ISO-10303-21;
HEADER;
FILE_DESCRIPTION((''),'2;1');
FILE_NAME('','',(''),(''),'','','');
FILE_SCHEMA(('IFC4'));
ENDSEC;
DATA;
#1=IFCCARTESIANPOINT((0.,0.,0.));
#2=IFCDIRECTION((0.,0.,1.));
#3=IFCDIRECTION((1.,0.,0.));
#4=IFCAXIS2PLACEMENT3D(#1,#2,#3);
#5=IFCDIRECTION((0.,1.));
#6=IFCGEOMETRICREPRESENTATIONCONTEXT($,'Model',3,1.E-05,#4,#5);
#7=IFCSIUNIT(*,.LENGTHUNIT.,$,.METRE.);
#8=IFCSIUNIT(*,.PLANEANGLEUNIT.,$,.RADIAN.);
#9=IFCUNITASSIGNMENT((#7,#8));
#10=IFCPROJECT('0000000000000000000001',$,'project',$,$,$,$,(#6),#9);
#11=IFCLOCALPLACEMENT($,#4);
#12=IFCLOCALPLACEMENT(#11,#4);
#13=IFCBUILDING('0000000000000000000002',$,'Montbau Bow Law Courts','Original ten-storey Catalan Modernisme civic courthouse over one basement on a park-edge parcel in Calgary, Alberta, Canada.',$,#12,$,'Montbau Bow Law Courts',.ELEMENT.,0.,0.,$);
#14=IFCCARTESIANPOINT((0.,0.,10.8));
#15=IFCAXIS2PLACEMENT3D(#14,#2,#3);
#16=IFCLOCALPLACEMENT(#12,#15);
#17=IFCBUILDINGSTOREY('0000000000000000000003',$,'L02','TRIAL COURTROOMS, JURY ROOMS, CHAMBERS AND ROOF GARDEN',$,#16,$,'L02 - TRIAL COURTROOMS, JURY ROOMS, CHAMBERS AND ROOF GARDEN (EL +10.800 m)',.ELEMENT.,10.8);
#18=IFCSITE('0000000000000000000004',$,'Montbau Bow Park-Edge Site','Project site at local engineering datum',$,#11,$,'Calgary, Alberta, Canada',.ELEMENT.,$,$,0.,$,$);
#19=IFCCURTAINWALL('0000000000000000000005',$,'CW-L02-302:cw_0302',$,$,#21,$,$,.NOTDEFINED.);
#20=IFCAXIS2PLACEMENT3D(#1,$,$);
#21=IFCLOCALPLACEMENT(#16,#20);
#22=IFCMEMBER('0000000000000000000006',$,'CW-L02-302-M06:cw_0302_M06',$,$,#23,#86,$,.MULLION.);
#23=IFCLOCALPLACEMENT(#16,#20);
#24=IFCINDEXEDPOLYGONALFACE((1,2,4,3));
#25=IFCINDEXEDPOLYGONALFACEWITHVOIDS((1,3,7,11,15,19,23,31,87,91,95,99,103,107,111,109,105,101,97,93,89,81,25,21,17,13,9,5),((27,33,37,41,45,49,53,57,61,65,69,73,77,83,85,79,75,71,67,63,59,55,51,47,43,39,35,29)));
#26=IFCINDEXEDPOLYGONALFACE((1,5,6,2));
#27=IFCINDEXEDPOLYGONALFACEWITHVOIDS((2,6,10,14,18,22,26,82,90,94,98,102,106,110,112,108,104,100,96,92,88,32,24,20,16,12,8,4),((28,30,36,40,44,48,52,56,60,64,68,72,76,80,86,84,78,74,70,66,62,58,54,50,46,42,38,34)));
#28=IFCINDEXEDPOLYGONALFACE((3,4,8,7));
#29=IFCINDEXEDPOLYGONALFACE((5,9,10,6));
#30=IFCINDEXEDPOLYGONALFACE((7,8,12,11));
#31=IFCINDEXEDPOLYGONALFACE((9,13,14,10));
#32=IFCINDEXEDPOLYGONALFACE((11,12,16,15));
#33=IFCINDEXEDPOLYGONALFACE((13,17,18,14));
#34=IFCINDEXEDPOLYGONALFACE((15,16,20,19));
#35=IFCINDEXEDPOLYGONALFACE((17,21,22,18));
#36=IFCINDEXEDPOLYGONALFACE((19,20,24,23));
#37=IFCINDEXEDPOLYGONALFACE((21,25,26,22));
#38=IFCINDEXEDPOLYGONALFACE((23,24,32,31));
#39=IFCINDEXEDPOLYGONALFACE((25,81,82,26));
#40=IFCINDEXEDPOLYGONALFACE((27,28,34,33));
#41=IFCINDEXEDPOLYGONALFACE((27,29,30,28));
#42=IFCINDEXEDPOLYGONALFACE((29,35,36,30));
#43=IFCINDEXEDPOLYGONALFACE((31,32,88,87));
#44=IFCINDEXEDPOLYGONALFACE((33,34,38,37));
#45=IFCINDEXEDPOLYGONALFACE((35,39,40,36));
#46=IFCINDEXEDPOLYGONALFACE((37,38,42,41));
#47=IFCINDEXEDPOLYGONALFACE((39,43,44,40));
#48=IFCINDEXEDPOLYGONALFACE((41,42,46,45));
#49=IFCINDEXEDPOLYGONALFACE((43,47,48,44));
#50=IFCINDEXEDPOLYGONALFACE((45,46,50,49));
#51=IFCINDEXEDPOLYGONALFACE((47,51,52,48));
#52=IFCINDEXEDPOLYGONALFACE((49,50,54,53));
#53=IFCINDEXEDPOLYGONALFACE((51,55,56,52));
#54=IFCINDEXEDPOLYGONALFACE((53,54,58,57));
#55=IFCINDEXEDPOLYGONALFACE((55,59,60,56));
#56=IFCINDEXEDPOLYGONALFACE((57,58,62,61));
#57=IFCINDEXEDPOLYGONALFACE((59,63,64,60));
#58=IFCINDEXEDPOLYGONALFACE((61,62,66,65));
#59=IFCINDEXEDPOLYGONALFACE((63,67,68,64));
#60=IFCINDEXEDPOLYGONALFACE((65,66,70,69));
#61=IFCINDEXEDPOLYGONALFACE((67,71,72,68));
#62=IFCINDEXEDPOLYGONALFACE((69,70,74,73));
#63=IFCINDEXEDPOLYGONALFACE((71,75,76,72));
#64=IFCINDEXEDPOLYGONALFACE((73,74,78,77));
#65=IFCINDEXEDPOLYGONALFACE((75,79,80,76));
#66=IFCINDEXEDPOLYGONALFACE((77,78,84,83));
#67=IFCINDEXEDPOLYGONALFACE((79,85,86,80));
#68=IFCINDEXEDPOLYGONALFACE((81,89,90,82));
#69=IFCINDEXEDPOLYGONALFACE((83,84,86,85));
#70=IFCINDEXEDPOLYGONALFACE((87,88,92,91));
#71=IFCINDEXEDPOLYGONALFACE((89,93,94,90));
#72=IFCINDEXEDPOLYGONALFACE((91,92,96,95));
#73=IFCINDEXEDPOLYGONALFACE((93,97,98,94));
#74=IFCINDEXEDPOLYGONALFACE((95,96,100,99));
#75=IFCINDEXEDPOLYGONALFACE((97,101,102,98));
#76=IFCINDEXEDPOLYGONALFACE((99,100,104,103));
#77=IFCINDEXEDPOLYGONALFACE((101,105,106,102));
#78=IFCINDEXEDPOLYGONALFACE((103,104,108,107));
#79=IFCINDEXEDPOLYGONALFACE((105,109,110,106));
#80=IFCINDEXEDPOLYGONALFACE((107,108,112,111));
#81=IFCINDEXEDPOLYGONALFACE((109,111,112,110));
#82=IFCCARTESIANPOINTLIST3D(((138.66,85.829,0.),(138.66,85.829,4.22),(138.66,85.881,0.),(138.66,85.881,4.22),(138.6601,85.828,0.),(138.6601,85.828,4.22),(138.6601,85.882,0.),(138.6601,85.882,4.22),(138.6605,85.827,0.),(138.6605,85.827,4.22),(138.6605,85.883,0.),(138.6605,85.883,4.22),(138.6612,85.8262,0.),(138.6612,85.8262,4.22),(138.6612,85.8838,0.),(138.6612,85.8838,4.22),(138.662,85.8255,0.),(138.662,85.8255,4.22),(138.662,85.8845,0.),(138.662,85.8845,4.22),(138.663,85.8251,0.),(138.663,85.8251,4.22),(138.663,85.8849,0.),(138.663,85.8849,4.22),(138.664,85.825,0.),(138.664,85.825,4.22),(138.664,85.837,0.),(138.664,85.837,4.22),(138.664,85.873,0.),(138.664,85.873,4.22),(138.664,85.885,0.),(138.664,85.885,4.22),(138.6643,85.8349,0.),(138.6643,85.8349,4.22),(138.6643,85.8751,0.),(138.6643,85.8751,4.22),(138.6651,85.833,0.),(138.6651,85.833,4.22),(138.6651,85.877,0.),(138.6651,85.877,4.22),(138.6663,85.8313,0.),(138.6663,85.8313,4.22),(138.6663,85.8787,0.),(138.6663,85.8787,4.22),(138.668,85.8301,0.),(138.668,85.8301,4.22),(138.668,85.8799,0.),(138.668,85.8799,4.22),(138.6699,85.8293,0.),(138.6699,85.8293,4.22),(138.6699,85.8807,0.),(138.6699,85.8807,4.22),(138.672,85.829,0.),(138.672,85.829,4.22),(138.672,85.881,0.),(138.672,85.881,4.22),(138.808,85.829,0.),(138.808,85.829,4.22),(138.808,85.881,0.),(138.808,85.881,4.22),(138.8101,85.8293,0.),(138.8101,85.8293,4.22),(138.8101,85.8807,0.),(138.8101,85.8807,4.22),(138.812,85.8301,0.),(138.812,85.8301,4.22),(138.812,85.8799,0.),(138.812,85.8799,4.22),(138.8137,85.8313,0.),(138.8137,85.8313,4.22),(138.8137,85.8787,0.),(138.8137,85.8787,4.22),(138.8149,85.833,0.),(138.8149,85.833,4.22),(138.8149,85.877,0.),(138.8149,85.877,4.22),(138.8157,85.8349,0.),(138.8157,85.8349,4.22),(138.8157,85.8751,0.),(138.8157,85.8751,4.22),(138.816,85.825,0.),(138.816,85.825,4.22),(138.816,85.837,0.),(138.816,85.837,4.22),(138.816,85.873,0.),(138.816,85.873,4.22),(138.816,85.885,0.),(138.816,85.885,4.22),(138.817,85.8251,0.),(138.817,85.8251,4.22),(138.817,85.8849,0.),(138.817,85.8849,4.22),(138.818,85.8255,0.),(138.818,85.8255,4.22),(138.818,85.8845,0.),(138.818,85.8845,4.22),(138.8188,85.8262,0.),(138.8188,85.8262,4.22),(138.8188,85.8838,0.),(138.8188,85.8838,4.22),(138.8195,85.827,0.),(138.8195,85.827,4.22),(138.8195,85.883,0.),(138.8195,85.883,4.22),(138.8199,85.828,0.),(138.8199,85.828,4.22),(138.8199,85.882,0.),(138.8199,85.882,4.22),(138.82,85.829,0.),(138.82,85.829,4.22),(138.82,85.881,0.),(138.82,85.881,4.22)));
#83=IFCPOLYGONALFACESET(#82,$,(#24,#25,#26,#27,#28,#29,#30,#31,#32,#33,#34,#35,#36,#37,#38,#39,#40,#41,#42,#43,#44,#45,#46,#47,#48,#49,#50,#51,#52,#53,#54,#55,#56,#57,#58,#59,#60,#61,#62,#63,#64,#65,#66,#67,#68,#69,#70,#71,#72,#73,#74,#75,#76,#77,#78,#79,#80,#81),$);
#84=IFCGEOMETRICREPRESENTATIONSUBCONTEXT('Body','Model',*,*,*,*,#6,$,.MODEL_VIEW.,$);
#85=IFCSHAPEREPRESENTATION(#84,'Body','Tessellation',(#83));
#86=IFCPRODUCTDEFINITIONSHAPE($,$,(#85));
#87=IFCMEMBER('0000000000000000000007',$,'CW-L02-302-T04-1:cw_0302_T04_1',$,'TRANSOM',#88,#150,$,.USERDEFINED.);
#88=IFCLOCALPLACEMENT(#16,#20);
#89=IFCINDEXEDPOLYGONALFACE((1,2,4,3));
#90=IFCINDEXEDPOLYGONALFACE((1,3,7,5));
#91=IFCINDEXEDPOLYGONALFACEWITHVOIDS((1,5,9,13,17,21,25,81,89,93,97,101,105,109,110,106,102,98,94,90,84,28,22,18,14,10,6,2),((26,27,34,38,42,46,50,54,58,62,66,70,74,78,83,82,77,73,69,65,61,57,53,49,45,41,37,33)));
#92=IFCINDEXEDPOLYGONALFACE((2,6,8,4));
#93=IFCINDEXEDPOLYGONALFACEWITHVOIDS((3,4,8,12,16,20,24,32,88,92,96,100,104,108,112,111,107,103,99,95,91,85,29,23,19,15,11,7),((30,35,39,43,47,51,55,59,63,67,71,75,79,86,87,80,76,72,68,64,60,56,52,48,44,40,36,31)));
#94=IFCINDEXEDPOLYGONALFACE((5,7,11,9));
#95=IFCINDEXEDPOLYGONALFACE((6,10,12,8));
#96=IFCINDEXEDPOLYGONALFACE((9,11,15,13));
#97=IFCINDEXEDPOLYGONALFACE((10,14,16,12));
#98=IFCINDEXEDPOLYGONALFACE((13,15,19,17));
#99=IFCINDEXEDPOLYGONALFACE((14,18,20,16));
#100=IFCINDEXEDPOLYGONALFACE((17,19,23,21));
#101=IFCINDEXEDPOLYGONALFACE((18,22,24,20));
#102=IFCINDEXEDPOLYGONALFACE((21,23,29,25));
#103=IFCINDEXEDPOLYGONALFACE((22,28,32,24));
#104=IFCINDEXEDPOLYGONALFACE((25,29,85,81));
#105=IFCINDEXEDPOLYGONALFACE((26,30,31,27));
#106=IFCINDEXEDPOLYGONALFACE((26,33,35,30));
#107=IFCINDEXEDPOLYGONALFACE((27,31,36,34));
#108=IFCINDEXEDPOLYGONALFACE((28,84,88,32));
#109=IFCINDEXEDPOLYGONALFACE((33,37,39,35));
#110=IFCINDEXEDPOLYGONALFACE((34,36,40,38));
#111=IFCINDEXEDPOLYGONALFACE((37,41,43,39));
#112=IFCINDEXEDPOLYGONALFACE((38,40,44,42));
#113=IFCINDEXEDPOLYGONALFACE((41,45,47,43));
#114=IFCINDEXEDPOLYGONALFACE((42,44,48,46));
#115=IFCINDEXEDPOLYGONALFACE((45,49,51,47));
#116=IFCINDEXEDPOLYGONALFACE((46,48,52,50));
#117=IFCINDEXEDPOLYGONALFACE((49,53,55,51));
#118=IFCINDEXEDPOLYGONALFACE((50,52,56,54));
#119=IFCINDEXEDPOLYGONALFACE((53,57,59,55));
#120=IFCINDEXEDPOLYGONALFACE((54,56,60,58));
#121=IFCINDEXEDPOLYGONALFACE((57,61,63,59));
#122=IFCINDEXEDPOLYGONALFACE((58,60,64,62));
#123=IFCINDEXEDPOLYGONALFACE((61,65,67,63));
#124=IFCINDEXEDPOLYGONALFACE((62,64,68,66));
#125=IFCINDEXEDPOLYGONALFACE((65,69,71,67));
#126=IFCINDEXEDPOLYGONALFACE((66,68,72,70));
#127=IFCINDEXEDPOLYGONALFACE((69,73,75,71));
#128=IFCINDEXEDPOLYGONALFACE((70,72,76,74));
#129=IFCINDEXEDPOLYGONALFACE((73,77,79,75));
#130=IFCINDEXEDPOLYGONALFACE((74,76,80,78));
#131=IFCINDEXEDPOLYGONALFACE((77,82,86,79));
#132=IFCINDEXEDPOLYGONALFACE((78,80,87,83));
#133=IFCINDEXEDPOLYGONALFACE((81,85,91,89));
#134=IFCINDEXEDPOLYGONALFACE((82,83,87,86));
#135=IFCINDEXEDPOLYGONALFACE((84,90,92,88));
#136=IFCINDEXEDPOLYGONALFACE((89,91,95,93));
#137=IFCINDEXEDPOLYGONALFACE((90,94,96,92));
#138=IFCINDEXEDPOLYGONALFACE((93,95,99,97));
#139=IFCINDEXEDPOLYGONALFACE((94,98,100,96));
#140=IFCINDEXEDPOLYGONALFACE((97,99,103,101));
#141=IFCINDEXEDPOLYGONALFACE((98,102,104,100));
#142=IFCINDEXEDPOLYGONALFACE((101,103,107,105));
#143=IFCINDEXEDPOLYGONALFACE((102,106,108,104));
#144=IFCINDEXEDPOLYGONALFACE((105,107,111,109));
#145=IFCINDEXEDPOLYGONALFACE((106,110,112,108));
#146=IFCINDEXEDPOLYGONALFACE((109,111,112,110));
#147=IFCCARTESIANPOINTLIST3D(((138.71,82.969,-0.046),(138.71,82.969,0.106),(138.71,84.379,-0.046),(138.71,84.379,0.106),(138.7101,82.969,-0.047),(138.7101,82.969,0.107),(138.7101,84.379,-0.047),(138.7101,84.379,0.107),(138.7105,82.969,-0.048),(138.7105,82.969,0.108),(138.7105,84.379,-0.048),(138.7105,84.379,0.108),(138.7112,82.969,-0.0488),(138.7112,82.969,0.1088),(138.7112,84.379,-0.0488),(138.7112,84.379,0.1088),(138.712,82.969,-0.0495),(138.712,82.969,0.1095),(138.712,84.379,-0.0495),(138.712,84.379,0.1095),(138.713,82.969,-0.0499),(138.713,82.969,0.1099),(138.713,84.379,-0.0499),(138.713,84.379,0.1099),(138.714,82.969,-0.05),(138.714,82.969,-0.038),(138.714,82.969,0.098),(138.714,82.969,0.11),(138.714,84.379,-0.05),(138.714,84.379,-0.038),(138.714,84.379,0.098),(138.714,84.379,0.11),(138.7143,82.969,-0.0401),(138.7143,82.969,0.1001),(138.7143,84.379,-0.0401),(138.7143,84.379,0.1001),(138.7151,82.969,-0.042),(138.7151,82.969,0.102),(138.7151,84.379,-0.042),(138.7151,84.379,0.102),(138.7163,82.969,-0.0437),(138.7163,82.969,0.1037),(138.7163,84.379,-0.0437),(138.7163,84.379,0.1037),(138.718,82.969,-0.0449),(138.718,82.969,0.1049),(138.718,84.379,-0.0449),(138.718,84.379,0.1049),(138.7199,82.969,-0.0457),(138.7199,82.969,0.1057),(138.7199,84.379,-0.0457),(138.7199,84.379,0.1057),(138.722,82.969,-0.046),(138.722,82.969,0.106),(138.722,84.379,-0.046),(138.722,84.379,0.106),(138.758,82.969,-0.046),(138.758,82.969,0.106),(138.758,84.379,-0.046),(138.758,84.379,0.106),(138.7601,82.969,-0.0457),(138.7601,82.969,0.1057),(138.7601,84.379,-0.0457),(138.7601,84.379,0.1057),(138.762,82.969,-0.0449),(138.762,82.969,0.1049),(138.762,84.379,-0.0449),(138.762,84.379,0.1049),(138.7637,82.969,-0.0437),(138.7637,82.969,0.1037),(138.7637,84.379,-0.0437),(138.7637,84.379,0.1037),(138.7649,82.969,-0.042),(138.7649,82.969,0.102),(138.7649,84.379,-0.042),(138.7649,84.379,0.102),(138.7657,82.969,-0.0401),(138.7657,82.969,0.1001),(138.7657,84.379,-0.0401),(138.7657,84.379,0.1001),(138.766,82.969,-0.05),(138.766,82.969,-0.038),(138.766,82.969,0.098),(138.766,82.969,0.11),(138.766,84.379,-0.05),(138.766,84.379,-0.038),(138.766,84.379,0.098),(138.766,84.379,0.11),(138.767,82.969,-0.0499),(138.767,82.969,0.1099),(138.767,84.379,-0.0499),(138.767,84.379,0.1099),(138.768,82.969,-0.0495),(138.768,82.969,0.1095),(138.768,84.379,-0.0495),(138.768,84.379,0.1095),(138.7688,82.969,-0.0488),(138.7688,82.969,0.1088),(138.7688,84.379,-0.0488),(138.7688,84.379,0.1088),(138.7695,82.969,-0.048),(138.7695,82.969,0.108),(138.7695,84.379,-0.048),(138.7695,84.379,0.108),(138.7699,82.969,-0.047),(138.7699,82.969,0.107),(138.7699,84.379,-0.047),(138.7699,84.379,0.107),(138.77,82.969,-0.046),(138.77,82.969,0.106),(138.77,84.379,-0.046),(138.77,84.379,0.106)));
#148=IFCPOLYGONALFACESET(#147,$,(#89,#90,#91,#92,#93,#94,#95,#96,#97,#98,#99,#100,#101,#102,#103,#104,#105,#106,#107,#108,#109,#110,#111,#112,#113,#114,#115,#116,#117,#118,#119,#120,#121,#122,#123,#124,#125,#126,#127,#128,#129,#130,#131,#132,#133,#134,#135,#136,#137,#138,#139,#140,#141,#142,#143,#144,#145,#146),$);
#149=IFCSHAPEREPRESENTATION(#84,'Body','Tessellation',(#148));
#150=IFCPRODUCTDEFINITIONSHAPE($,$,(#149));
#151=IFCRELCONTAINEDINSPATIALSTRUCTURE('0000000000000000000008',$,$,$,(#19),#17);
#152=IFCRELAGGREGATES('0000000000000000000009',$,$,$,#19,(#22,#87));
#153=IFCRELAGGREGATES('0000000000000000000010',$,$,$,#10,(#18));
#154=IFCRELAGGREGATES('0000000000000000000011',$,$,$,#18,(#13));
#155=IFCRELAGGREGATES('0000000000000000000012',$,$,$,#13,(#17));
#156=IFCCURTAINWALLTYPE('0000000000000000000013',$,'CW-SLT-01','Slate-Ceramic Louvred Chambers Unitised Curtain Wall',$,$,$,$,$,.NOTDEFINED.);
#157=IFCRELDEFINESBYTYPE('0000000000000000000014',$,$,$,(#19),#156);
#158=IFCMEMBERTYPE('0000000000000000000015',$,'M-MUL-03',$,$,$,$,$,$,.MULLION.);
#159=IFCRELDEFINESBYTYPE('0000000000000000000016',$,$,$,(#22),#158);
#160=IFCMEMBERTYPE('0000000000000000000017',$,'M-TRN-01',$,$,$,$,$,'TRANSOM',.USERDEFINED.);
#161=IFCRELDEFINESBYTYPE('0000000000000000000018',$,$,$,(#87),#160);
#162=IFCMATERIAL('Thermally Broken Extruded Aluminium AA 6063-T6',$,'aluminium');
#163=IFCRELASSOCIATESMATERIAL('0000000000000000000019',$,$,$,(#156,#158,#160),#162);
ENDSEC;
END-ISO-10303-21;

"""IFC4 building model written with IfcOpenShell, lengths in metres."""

from ifc_helpers import new_model, si_unit, direction, frame, origin_with_axes, origin_2d_with_axis, place, context, subcontext, project, spatial, hollow_rectangle, extrude, material, material_profile, profile_set, type_object, element, aggregate, save


model = new_model("IFC4")

# Units and contexts
model_context = context("Model", 3, precision=1e-05, world=origin_with_axes(), true_north=direction((0.0, 1.0)))
body_context = subcontext(model_context, "Body", "Model", "MODEL_VIEW")
ifc_project = project(units=[si_unit("LENGTHUNIT", "METRE"), si_unit("PLANEANGLEUNIT", "RADIAN")], contexts=[model_context])

# Site, building, storey
site_placement = place(None, origin_with_axes())
site = spatial("IfcSite", under=ifc_project, at=site_placement, Name="Montbau Bow Park-Edge Site", Description="Project site at local engineering datum", LongName="Calgary, Alberta, Canada", CompositionType="ELEMENT", RefElevation=0.0)
building_placement = place(site_placement, origin_with_axes())
building = spatial("IfcBuilding", under=site, at=building_placement, Name="Montbau Bow Law Courts", Description="Original ten-storey Catalan Modernisme civic courthouse over one basement on a park-edge parcel in Calgary, Alberta, Canada.", LongName="Montbau Bow Law Courts", CompositionType="ELEMENT", ElevationOfRefHeight=0.0, ElevationOfTerrain=0.0)
storey_placement = place(building_placement, frame((0.0, 0.0, 10.8), z_axis=(0.0, 0.0, 1.0), x_axis=(1.0, 0.0, 0.0)))
storey = spatial("IfcBuildingStorey", under=building, at=storey_placement, Name="L02", Description="TRIAL COURTROOMS, JURY ROOMS, CHAMBERS AND ROOF GARDEN", LongName="L02 - TRIAL COURTROOMS, JURY ROOMS, CHAMBERS AND ROOF GARDEN (EL +10.800 m)", CompositionType="ELEMENT", Elevation=10.8)

# Curtain wall, members
ifc_material_1 = material(Name="Thermally Broken Extruded Aluminium AA 6063-T6", Category="aluminium")
curtain_wall_type = type_object("IfcCurtainWallType", Name="CW-SLT-01", Description="Slate-Ceramic Louvred Chambers Unitised Curtain Wall", PredefinedType="NOTDEFINED", material=ifc_material_1)
curtain_wall_1_placement = place(None, frame((138.74, 78.515, 10.8), z_axis=(0.0, 0.0, 1.0), x_axis=(1.0, 0.0, 0.0)))
curtain_wall_1 = element("IfcCurtainWall", 1, at=curtain_wall_1_placement, inside=storey, type_object=curtain_wall_type, Name="CW-L02-302:cw_0302", PredefinedType="NOTDEFINED")
ifc_material_profile_1 = material_profile(ifc_material_1, hollow_rectangle(XDim=0.06, YDim=0.16, WallThickness=0.004, InnerFilletRadius=0.008, OuterFilletRadius=0.004, at=origin_2d_with_axis()), Name="CWM-160X60", Category="Main", Priority=0)
ifc_profile_set_1 = profile_set([ifc_material_profile_1], Name="Thermally Broken Extruded Aluminium AA 6063-T6")
member_type_1 = type_object("IfcMemberType", Name="M-MUL-03", PredefinedType="MULLION", material=ifc_profile_set_1)
member_1_placement = place(None, frame((138.74, 85.855, 10.8), z_axis=(0.0, 0.0, 1.0), x_axis=(0.0, 1.0, 0.0)))
member_1 = element("IfcMember", 2, at=member_1_placement, type_object=member_type_1, Name="CW-L02-302-M06:cw_0302_M06", PredefinedType="MULLION", context=body_context, shape_type="SweptSolid", body=[
    extrude(hollow_rectangle(XDim=0.06, YDim=0.16, WallThickness=0.004, InnerFilletRadius=0.008, OuterFilletRadius=0.004, at=origin_2d_with_axis()), origin_with_axes(), (0.0, 0.0, 1.0), 4.22),
])
ifc_material_profile_2 = material_profile(ifc_material_1, hollow_rectangle(XDim=0.06, YDim=0.16, WallThickness=0.004, InnerFilletRadius=0.008, OuterFilletRadius=0.004, at=origin_2d_with_axis()), Name="CWT-160X60", Category="Main", Priority=0)
ifc_profile_set_2 = profile_set([ifc_material_profile_2], Name="Thermally Broken Extruded Aluminium AA 6063-T6")
member_type_2 = type_object("IfcMemberType", Name="M-TRN-01", ElementType="TRANSOM", PredefinedType="USERDEFINED", material=ifc_profile_set_2)
member_2_placement = place(None, frame((138.74, 82.969, 10.83), z_axis=(0.0, 1.0, 0.0), x_axis=(-1.0, 0.0, 0.0)))
member_2 = element("IfcMember", 3, at=member_2_placement, type_object=member_type_2, Name="CW-L02-302-T04-1:cw_0302_T04_1", ObjectType="TRANSOM", PredefinedType="USERDEFINED", context=body_context, shape_type="SweptSolid", body=[
    extrude(hollow_rectangle(XDim=0.06, YDim=0.16, WallThickness=0.004, InnerFilletRadius=0.008, OuterFilletRadius=0.004, at=origin_2d_with_axis()), origin_with_axes(), (0.0, 0.0, 1.0), 1.41),
])

aggregate(curtain_wall_1, [member_1, member_2])

save(model, "model.ifc")
